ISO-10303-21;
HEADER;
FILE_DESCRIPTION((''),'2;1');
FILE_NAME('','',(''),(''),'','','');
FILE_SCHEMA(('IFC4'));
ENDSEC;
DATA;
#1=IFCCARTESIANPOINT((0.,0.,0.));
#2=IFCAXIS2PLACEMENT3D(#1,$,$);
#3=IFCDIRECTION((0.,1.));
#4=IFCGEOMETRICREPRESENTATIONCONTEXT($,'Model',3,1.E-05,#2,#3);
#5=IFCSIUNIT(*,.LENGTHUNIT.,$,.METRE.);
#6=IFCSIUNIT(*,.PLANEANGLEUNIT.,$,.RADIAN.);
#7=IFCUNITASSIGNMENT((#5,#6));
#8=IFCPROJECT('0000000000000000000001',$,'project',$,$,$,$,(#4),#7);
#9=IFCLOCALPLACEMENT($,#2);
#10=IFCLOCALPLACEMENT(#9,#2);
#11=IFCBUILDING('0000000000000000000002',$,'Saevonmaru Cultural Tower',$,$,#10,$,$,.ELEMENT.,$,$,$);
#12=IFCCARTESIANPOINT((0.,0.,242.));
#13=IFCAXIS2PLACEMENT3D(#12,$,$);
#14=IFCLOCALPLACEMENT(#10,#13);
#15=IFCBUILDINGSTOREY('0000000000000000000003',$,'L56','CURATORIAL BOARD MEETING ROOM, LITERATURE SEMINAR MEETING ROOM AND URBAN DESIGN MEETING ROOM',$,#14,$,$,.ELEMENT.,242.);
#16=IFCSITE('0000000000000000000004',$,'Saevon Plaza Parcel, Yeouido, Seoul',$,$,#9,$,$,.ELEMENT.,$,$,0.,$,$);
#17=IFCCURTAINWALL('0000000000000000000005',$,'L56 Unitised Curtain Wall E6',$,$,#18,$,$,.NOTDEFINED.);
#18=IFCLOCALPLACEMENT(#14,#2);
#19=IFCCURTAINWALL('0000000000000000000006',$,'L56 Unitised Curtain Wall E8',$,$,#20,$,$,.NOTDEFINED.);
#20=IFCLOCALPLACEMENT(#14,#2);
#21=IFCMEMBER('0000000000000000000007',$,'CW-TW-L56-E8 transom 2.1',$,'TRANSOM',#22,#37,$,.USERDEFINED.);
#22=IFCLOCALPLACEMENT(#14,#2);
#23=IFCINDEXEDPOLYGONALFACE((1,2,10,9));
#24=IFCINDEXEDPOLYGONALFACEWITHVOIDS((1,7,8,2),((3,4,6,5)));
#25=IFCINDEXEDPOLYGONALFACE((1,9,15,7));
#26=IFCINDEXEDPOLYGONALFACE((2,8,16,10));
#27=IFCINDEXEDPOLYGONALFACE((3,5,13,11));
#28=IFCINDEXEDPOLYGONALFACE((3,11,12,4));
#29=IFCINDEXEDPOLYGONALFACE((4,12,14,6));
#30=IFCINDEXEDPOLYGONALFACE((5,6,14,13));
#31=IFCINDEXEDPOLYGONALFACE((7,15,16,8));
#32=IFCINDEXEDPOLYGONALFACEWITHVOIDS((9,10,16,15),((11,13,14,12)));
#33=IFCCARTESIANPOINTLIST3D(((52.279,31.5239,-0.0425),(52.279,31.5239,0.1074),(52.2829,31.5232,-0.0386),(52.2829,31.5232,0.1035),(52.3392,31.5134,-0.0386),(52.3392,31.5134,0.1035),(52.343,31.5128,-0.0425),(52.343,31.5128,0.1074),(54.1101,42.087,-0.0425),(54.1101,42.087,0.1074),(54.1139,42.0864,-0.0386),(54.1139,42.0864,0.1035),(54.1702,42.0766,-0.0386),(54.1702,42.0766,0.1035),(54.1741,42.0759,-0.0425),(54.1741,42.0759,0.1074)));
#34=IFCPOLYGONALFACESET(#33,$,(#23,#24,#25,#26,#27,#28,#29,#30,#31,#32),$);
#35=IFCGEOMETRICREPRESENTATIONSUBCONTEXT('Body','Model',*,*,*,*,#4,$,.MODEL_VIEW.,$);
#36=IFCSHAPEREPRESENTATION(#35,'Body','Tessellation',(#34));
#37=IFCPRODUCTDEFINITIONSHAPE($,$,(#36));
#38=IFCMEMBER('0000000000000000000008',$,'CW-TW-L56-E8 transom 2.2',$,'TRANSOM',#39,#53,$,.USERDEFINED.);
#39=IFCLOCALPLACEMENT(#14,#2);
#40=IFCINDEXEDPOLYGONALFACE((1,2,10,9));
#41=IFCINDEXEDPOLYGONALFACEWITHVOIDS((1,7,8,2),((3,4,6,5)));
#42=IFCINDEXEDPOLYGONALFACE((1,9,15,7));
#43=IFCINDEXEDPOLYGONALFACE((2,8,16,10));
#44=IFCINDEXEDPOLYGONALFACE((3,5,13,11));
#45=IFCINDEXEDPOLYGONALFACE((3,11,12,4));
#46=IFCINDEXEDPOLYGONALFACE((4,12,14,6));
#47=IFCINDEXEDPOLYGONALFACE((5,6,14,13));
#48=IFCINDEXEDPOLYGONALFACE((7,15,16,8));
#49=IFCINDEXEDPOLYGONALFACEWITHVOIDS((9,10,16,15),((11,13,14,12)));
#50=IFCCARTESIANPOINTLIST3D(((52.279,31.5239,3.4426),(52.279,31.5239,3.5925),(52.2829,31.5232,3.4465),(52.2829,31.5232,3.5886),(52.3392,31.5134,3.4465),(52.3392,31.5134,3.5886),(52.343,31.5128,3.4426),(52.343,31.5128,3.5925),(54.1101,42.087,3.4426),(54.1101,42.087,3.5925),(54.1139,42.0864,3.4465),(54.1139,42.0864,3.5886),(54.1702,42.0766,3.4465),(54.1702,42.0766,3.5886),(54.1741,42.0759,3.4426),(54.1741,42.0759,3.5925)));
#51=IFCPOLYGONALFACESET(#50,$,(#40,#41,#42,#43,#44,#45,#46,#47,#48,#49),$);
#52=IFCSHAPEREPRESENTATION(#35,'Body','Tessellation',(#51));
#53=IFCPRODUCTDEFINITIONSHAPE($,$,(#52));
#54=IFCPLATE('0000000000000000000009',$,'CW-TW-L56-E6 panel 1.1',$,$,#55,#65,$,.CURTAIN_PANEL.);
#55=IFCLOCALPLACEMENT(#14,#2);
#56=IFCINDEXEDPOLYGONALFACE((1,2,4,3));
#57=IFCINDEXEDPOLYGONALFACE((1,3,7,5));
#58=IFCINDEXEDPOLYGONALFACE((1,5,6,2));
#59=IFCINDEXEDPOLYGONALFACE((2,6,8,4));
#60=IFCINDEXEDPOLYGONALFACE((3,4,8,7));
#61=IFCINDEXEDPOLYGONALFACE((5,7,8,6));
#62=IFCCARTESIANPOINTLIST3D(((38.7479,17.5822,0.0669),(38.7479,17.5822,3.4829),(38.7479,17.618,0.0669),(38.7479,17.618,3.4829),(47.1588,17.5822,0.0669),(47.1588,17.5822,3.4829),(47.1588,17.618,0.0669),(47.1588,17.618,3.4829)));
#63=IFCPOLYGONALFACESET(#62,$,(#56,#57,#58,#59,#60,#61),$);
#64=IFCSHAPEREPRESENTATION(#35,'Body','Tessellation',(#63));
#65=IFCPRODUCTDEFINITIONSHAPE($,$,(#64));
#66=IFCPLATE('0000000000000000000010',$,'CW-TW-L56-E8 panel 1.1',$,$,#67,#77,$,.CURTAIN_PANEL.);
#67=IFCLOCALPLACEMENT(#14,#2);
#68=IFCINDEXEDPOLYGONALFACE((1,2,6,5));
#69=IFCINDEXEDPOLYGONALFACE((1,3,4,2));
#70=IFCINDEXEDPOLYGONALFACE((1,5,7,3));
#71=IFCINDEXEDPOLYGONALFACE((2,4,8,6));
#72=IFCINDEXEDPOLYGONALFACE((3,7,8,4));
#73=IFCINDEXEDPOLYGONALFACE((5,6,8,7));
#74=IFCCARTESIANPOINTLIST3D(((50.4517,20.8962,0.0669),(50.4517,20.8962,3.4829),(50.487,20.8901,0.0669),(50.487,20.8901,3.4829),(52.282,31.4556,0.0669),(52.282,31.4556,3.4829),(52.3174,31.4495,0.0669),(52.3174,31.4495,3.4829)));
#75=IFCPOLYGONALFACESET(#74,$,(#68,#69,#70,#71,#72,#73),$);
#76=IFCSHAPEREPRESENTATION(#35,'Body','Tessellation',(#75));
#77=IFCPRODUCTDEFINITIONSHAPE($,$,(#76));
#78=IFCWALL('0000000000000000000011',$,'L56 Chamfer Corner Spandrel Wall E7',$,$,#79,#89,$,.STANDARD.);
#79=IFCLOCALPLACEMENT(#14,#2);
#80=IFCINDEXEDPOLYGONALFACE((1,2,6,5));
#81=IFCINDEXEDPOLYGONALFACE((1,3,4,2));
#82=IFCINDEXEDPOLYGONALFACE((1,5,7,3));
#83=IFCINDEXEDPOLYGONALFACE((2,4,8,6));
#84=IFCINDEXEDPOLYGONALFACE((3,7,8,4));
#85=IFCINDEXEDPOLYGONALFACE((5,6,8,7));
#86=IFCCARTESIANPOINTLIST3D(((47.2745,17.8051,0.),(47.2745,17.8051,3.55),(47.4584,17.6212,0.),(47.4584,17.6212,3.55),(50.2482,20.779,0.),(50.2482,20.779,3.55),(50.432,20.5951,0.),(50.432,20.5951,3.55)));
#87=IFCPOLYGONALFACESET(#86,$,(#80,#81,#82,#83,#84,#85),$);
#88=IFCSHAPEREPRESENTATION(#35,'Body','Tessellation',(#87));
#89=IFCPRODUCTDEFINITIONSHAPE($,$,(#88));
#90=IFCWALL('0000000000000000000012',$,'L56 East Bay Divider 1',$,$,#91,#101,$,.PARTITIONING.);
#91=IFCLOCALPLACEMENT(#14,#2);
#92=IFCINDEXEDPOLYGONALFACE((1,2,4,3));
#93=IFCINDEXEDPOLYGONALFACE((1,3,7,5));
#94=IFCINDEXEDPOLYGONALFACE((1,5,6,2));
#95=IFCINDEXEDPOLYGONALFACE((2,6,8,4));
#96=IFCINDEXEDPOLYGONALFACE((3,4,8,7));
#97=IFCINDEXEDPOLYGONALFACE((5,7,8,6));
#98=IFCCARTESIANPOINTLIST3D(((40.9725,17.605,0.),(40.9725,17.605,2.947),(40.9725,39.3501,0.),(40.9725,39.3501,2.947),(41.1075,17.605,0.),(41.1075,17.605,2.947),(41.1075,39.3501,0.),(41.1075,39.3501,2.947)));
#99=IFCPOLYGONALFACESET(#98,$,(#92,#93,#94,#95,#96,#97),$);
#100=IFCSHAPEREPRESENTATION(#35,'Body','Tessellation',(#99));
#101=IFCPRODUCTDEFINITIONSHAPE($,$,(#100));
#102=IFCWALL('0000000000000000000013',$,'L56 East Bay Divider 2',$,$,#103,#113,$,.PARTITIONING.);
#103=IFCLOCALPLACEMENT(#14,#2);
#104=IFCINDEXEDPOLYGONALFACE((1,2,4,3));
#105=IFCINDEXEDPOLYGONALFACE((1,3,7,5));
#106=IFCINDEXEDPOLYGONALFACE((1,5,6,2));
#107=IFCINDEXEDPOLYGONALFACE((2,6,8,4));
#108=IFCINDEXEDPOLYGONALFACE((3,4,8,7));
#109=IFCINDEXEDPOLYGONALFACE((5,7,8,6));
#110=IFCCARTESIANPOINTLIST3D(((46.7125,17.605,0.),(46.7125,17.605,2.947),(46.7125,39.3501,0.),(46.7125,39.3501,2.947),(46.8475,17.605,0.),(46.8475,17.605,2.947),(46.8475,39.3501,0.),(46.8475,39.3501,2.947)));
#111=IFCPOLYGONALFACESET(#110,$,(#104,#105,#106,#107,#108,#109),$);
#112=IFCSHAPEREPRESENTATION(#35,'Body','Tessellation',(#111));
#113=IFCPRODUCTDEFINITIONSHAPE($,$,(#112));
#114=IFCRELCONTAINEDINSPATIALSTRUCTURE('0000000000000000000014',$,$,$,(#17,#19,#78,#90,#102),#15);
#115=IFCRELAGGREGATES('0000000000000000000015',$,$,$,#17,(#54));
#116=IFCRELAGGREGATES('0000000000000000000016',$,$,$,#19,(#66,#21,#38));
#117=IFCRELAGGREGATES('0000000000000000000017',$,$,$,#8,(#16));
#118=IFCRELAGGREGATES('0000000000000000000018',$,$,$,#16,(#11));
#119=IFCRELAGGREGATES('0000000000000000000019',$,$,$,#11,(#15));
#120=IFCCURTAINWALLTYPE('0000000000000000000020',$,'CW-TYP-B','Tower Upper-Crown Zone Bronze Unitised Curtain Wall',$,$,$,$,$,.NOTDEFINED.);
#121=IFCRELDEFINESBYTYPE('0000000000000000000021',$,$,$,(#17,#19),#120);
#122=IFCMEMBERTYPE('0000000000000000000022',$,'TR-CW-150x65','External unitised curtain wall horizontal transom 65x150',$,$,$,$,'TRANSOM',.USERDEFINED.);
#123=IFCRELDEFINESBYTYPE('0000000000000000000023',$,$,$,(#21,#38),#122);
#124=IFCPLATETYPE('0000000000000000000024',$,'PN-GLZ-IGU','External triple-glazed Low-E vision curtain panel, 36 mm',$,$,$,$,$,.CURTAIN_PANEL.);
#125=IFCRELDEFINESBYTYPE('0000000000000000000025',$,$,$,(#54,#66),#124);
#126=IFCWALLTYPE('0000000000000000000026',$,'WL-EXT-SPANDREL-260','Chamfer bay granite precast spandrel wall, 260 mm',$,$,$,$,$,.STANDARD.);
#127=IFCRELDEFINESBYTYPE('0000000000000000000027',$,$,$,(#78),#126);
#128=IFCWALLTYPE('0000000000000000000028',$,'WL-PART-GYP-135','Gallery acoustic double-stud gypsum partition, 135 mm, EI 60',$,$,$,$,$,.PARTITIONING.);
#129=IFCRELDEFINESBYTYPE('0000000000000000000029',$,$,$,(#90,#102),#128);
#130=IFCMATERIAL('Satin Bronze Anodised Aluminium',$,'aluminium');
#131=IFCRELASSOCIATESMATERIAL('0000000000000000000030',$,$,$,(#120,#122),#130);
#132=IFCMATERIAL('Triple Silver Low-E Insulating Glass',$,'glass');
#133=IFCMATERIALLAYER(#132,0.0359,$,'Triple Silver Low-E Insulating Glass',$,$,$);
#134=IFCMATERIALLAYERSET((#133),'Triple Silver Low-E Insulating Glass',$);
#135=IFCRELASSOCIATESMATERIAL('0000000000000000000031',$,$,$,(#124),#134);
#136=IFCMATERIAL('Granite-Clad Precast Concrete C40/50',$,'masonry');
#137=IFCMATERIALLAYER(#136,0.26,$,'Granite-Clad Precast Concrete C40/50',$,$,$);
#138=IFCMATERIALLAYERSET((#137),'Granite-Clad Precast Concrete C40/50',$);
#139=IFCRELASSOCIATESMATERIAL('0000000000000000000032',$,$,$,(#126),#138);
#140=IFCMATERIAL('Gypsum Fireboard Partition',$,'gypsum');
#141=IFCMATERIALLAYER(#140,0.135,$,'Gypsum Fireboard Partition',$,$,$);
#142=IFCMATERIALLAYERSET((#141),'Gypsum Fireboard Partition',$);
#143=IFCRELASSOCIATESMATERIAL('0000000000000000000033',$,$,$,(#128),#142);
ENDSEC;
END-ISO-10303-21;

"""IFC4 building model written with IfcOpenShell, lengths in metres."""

from ifc_helpers import new_model, si_unit, direction, frame, frame_2d, origin, origin_2d, place, context, subcontext, project, spatial, rectangle, hollow_rectangle, extrude, material, layer, layer_set, material_profile, profile_set, type_object, element, aggregate, save


model = new_model("IFC4")

# Units and contexts
model_context = context("Model", 3, precision=1e-05, world=origin(), true_north=direction((0.0, 1.0)))
body_context = subcontext(model_context, "Body", "Model", "MODEL_VIEW")
ifc_project = project(units=[si_unit("LENGTHUNIT", "METRE"), si_unit("PLANEANGLEUNIT", "RADIAN")], contexts=[model_context])

# Site, building, storey
site_placement = place(None, origin())
site = spatial("IfcSite", under=ifc_project, at=site_placement, Name="Saevon Plaza Parcel, Yeouido, Seoul", CompositionType="ELEMENT", RefElevation=0.0)
building_placement = place(site_placement, origin())
building = spatial("IfcBuilding", under=site, at=building_placement, Name="Saevonmaru Cultural Tower", CompositionType="ELEMENT")
storey_placement = place(building_placement, frame((0.0, 0.0, 242.0)))
storey = spatial("IfcBuildingStorey", under=building, at=storey_placement, Name="L56", Description="CURATORIAL BOARD MEETING ROOM, LITERATURE SEMINAR MEETING ROOM AND URBAN DESIGN MEETING ROOM", CompositionType="ELEMENT", Elevation=242.0)

# Curtain wall
ifc_material_1 = material(Name="Satin Bronze Anodised Aluminium", Category="aluminium")
curtain_wall_type = type_object("IfcCurtainWallType", Name="CW-TYP-B", Description="Tower Upper-Crown Zone Bronze Unitised Curtain Wall", PredefinedType="NOTDEFINED", material=ifc_material_1)
curtain_wall_1_placement = place(storey_placement, origin())
curtain_wall_1 = element("IfcCurtainWall", 1, at=curtain_wall_1_placement, inside=storey, type_object=curtain_wall_type, Name="L56 Unitised Curtain Wall E6", PredefinedType="NOTDEFINED")

# Curtain wall, members
curtain_wall_2_placement = place(storey_placement, origin())
curtain_wall_2 = element("IfcCurtainWall", 2, at=curtain_wall_2_placement, inside=storey, type_object=curtain_wall_type, Name="L56 Unitised Curtain Wall E8", PredefinedType="NOTDEFINED")
ifc_material_profile_1 = material_profile(ifc_material_1, hollow_rectangle(XDim=0.0649, YDim=0.1499, WallThickness=0.0039, at=origin_2d()), Name="ALU-TRAN-150x65x4")
ifc_profile_set_1 = profile_set([ifc_material_profile_1], Name="Satin Bronze Anodised Aluminium")
member_type_1 = type_object("IfcMemberType", Name="TR-CW-150x65", Description="External unitised curtain wall horizontal transom 65x150", ElementType="TRANSOM", PredefinedType="USERDEFINED", material=ifc_profile_set_1)
member_1_placement = place(storey_placement, frame((52.311, 31.5183, 0.0325), z_axis=(0.170795, 0.985307, 0.0), x_axis=(-0.985307, 0.170795, 0.0)))
member_1 = element("IfcMember", 3, at=member_1_placement, type_object=member_type_1, Name="CW-TW-L56-E8 transom 2.1", ObjectType="TRANSOM", PredefinedType="USERDEFINED", context=body_context, shape_type="SweptSolid", body=[
    extrude(hollow_rectangle(XDim=0.0649, YDim=0.1499, WallThickness=0.0039, at=origin_2d()), origin(), (0.0, 0.0, 1.0), 10.7207),
])
member_2_placement = place(storey_placement, frame((52.311, 31.5183, 3.5176), z_axis=(0.170795, 0.985307, 0.0), x_axis=(-0.985307, 0.170795, 0.0)))
member_2 = element("IfcMember", 4, at=member_2_placement, type_object=member_type_1, Name="CW-TW-L56-E8 transom 2.2", ObjectType="TRANSOM", PredefinedType="USERDEFINED", context=body_context, shape_type="SweptSolid", body=[
    extrude(hollow_rectangle(XDim=0.0649, YDim=0.1499, WallThickness=0.0039, at=origin_2d()), origin(), (0.0, 0.0, 1.0), 10.7207),
])

# Plates
ifc_material_2 = material(Name="Triple Silver Low-E Insulating Glass", Category="glass")
ifc_layer_1 = layer(ifc_material_2, 0.0359, Name="Triple Silver Low-E Insulating Glass")
ifc_layer_set_1 = layer_set([ifc_layer_1], Name="Triple Silver Low-E Insulating Glass")
plate_type = type_object("IfcPlateType", Name="PN-GLZ-IGU", Description="External triple-glazed Low-E vision curtain panel, 36 mm", PredefinedType="CURTAIN_PANEL", material=ifc_layer_set_1)
plate_1_placement = place(storey_placement, frame((42.9534, 17.6001, 0.0669), z_axis=(0.0, 0.0, 1.0), x_axis=(1.0, 0.0, 0.0)))
plate_1 = element("IfcPlate", 5, at=plate_1_placement, type_object=plate_type, Name="CW-TW-L56-E6 panel 1.1", PredefinedType="CURTAIN_PANEL", context=body_context, shape_type="SweptSolid", body=[
    extrude(rectangle(XDim=8.4109, YDim=0.0359, at=origin_2d()), origin(), (0.0, 0.0, 1.0), 3.416),
])
aggregate(curtain_wall_1, [plate_1])
plate_2_placement = place(storey_placement, frame((51.3845, 26.1729, 0.0669), z_axis=(0.0, 0.0, 1.0), x_axis=(0.17079, 0.985307, 0.0)))
plate_2 = element("IfcPlate", 6, at=plate_2_placement, type_object=plate_type, Name="CW-TW-L56-E8 panel 1.1", PredefinedType="CURTAIN_PANEL", context=body_context, shape_type="SweptSolid", body=[
    extrude(rectangle(XDim=10.7168, YDim=0.0359, at=origin_2d()), origin(), (0.0, 0.0, 1.0), 3.416),
])
aggregate(curtain_wall_2, [plate_2, member_1, member_2])

# Walls
ifc_material_3 = material(Name="Granite-Clad Precast Concrete C40/50", Category="masonry")
ifc_layer_2 = layer(ifc_material_3, 0.26, Name="Granite-Clad Precast Concrete C40/50")
ifc_layer_set_2 = layer_set([ifc_layer_2], Name="Granite-Clad Precast Concrete C40/50")
wall_type_1 = type_object("IfcWallType", Name="WL-EXT-SPANDREL-260", Description="Chamfer bay granite precast spandrel wall, 260 mm", PredefinedType="STANDARD", material=ifc_layer_set_2)
wall_placement = place(storey_placement, frame((47.3665, 17.7131, 0.0), z_axis=(0.0, 0.0, 1.0), x_axis=(0.707078, 0.707136, 0.0)))
element("IfcWall", 7, at=wall_placement, inside=storey, type_object=wall_type_1, Name="L56 Chamfer Corner Spandrel Wall E7", PredefinedType="STANDARD", context=body_context, shape_type="SweptSolid", body=[
    extrude(rectangle(XDim=4.2056, YDim=0.26, at=frame_2d((2.1028, 0.0))), origin(), (0.0, 0.0, 1.0), 3.55),
])
ifc_material_4 = material(Name="Gypsum Fireboard Partition", Category="gypsum")
ifc_layer_3 = layer(ifc_material_4, 0.135, Name="Gypsum Fireboard Partition")
ifc_layer_set_3 = layer_set([ifc_layer_3], Name="Gypsum Fireboard Partition")
wall_type_2 = type_object("IfcWallType", Name="WL-PART-GYP-135", Description="Gallery acoustic double-stud gypsum partition, 135 mm, EI 60", PredefinedType="PARTITIONING", material=ifc_layer_set_3)
for number, where, z_axis, x_axis, name in (
    (8, (41.04, 17.605, 0.0), (0.0, 0.0, 1.0), (0.0, 1.0, 0.0), "L56 East Bay Divider 1"),
    (9, (46.78, 17.605, 0.0), (0.0, 0.0, 1.0), (0.0, 1.0, 0.0), "L56 East Bay Divider 2"),
):
    element("IfcWall", number, at=place(storey_placement, frame(where, z_axis=z_axis, x_axis=x_axis)), inside=storey, type_object=wall_type_2, Name=name, PredefinedType="PARTITIONING", context=body_context, shape_type="SweptSolid", body=[
        extrude(rectangle(XDim=21.7451, YDim=0.135, at=frame_2d((10.8726, 0.0))), origin(), (0.0, 0.0, 1.0), 2.947),
    ])

save(model, "model.ifc")
